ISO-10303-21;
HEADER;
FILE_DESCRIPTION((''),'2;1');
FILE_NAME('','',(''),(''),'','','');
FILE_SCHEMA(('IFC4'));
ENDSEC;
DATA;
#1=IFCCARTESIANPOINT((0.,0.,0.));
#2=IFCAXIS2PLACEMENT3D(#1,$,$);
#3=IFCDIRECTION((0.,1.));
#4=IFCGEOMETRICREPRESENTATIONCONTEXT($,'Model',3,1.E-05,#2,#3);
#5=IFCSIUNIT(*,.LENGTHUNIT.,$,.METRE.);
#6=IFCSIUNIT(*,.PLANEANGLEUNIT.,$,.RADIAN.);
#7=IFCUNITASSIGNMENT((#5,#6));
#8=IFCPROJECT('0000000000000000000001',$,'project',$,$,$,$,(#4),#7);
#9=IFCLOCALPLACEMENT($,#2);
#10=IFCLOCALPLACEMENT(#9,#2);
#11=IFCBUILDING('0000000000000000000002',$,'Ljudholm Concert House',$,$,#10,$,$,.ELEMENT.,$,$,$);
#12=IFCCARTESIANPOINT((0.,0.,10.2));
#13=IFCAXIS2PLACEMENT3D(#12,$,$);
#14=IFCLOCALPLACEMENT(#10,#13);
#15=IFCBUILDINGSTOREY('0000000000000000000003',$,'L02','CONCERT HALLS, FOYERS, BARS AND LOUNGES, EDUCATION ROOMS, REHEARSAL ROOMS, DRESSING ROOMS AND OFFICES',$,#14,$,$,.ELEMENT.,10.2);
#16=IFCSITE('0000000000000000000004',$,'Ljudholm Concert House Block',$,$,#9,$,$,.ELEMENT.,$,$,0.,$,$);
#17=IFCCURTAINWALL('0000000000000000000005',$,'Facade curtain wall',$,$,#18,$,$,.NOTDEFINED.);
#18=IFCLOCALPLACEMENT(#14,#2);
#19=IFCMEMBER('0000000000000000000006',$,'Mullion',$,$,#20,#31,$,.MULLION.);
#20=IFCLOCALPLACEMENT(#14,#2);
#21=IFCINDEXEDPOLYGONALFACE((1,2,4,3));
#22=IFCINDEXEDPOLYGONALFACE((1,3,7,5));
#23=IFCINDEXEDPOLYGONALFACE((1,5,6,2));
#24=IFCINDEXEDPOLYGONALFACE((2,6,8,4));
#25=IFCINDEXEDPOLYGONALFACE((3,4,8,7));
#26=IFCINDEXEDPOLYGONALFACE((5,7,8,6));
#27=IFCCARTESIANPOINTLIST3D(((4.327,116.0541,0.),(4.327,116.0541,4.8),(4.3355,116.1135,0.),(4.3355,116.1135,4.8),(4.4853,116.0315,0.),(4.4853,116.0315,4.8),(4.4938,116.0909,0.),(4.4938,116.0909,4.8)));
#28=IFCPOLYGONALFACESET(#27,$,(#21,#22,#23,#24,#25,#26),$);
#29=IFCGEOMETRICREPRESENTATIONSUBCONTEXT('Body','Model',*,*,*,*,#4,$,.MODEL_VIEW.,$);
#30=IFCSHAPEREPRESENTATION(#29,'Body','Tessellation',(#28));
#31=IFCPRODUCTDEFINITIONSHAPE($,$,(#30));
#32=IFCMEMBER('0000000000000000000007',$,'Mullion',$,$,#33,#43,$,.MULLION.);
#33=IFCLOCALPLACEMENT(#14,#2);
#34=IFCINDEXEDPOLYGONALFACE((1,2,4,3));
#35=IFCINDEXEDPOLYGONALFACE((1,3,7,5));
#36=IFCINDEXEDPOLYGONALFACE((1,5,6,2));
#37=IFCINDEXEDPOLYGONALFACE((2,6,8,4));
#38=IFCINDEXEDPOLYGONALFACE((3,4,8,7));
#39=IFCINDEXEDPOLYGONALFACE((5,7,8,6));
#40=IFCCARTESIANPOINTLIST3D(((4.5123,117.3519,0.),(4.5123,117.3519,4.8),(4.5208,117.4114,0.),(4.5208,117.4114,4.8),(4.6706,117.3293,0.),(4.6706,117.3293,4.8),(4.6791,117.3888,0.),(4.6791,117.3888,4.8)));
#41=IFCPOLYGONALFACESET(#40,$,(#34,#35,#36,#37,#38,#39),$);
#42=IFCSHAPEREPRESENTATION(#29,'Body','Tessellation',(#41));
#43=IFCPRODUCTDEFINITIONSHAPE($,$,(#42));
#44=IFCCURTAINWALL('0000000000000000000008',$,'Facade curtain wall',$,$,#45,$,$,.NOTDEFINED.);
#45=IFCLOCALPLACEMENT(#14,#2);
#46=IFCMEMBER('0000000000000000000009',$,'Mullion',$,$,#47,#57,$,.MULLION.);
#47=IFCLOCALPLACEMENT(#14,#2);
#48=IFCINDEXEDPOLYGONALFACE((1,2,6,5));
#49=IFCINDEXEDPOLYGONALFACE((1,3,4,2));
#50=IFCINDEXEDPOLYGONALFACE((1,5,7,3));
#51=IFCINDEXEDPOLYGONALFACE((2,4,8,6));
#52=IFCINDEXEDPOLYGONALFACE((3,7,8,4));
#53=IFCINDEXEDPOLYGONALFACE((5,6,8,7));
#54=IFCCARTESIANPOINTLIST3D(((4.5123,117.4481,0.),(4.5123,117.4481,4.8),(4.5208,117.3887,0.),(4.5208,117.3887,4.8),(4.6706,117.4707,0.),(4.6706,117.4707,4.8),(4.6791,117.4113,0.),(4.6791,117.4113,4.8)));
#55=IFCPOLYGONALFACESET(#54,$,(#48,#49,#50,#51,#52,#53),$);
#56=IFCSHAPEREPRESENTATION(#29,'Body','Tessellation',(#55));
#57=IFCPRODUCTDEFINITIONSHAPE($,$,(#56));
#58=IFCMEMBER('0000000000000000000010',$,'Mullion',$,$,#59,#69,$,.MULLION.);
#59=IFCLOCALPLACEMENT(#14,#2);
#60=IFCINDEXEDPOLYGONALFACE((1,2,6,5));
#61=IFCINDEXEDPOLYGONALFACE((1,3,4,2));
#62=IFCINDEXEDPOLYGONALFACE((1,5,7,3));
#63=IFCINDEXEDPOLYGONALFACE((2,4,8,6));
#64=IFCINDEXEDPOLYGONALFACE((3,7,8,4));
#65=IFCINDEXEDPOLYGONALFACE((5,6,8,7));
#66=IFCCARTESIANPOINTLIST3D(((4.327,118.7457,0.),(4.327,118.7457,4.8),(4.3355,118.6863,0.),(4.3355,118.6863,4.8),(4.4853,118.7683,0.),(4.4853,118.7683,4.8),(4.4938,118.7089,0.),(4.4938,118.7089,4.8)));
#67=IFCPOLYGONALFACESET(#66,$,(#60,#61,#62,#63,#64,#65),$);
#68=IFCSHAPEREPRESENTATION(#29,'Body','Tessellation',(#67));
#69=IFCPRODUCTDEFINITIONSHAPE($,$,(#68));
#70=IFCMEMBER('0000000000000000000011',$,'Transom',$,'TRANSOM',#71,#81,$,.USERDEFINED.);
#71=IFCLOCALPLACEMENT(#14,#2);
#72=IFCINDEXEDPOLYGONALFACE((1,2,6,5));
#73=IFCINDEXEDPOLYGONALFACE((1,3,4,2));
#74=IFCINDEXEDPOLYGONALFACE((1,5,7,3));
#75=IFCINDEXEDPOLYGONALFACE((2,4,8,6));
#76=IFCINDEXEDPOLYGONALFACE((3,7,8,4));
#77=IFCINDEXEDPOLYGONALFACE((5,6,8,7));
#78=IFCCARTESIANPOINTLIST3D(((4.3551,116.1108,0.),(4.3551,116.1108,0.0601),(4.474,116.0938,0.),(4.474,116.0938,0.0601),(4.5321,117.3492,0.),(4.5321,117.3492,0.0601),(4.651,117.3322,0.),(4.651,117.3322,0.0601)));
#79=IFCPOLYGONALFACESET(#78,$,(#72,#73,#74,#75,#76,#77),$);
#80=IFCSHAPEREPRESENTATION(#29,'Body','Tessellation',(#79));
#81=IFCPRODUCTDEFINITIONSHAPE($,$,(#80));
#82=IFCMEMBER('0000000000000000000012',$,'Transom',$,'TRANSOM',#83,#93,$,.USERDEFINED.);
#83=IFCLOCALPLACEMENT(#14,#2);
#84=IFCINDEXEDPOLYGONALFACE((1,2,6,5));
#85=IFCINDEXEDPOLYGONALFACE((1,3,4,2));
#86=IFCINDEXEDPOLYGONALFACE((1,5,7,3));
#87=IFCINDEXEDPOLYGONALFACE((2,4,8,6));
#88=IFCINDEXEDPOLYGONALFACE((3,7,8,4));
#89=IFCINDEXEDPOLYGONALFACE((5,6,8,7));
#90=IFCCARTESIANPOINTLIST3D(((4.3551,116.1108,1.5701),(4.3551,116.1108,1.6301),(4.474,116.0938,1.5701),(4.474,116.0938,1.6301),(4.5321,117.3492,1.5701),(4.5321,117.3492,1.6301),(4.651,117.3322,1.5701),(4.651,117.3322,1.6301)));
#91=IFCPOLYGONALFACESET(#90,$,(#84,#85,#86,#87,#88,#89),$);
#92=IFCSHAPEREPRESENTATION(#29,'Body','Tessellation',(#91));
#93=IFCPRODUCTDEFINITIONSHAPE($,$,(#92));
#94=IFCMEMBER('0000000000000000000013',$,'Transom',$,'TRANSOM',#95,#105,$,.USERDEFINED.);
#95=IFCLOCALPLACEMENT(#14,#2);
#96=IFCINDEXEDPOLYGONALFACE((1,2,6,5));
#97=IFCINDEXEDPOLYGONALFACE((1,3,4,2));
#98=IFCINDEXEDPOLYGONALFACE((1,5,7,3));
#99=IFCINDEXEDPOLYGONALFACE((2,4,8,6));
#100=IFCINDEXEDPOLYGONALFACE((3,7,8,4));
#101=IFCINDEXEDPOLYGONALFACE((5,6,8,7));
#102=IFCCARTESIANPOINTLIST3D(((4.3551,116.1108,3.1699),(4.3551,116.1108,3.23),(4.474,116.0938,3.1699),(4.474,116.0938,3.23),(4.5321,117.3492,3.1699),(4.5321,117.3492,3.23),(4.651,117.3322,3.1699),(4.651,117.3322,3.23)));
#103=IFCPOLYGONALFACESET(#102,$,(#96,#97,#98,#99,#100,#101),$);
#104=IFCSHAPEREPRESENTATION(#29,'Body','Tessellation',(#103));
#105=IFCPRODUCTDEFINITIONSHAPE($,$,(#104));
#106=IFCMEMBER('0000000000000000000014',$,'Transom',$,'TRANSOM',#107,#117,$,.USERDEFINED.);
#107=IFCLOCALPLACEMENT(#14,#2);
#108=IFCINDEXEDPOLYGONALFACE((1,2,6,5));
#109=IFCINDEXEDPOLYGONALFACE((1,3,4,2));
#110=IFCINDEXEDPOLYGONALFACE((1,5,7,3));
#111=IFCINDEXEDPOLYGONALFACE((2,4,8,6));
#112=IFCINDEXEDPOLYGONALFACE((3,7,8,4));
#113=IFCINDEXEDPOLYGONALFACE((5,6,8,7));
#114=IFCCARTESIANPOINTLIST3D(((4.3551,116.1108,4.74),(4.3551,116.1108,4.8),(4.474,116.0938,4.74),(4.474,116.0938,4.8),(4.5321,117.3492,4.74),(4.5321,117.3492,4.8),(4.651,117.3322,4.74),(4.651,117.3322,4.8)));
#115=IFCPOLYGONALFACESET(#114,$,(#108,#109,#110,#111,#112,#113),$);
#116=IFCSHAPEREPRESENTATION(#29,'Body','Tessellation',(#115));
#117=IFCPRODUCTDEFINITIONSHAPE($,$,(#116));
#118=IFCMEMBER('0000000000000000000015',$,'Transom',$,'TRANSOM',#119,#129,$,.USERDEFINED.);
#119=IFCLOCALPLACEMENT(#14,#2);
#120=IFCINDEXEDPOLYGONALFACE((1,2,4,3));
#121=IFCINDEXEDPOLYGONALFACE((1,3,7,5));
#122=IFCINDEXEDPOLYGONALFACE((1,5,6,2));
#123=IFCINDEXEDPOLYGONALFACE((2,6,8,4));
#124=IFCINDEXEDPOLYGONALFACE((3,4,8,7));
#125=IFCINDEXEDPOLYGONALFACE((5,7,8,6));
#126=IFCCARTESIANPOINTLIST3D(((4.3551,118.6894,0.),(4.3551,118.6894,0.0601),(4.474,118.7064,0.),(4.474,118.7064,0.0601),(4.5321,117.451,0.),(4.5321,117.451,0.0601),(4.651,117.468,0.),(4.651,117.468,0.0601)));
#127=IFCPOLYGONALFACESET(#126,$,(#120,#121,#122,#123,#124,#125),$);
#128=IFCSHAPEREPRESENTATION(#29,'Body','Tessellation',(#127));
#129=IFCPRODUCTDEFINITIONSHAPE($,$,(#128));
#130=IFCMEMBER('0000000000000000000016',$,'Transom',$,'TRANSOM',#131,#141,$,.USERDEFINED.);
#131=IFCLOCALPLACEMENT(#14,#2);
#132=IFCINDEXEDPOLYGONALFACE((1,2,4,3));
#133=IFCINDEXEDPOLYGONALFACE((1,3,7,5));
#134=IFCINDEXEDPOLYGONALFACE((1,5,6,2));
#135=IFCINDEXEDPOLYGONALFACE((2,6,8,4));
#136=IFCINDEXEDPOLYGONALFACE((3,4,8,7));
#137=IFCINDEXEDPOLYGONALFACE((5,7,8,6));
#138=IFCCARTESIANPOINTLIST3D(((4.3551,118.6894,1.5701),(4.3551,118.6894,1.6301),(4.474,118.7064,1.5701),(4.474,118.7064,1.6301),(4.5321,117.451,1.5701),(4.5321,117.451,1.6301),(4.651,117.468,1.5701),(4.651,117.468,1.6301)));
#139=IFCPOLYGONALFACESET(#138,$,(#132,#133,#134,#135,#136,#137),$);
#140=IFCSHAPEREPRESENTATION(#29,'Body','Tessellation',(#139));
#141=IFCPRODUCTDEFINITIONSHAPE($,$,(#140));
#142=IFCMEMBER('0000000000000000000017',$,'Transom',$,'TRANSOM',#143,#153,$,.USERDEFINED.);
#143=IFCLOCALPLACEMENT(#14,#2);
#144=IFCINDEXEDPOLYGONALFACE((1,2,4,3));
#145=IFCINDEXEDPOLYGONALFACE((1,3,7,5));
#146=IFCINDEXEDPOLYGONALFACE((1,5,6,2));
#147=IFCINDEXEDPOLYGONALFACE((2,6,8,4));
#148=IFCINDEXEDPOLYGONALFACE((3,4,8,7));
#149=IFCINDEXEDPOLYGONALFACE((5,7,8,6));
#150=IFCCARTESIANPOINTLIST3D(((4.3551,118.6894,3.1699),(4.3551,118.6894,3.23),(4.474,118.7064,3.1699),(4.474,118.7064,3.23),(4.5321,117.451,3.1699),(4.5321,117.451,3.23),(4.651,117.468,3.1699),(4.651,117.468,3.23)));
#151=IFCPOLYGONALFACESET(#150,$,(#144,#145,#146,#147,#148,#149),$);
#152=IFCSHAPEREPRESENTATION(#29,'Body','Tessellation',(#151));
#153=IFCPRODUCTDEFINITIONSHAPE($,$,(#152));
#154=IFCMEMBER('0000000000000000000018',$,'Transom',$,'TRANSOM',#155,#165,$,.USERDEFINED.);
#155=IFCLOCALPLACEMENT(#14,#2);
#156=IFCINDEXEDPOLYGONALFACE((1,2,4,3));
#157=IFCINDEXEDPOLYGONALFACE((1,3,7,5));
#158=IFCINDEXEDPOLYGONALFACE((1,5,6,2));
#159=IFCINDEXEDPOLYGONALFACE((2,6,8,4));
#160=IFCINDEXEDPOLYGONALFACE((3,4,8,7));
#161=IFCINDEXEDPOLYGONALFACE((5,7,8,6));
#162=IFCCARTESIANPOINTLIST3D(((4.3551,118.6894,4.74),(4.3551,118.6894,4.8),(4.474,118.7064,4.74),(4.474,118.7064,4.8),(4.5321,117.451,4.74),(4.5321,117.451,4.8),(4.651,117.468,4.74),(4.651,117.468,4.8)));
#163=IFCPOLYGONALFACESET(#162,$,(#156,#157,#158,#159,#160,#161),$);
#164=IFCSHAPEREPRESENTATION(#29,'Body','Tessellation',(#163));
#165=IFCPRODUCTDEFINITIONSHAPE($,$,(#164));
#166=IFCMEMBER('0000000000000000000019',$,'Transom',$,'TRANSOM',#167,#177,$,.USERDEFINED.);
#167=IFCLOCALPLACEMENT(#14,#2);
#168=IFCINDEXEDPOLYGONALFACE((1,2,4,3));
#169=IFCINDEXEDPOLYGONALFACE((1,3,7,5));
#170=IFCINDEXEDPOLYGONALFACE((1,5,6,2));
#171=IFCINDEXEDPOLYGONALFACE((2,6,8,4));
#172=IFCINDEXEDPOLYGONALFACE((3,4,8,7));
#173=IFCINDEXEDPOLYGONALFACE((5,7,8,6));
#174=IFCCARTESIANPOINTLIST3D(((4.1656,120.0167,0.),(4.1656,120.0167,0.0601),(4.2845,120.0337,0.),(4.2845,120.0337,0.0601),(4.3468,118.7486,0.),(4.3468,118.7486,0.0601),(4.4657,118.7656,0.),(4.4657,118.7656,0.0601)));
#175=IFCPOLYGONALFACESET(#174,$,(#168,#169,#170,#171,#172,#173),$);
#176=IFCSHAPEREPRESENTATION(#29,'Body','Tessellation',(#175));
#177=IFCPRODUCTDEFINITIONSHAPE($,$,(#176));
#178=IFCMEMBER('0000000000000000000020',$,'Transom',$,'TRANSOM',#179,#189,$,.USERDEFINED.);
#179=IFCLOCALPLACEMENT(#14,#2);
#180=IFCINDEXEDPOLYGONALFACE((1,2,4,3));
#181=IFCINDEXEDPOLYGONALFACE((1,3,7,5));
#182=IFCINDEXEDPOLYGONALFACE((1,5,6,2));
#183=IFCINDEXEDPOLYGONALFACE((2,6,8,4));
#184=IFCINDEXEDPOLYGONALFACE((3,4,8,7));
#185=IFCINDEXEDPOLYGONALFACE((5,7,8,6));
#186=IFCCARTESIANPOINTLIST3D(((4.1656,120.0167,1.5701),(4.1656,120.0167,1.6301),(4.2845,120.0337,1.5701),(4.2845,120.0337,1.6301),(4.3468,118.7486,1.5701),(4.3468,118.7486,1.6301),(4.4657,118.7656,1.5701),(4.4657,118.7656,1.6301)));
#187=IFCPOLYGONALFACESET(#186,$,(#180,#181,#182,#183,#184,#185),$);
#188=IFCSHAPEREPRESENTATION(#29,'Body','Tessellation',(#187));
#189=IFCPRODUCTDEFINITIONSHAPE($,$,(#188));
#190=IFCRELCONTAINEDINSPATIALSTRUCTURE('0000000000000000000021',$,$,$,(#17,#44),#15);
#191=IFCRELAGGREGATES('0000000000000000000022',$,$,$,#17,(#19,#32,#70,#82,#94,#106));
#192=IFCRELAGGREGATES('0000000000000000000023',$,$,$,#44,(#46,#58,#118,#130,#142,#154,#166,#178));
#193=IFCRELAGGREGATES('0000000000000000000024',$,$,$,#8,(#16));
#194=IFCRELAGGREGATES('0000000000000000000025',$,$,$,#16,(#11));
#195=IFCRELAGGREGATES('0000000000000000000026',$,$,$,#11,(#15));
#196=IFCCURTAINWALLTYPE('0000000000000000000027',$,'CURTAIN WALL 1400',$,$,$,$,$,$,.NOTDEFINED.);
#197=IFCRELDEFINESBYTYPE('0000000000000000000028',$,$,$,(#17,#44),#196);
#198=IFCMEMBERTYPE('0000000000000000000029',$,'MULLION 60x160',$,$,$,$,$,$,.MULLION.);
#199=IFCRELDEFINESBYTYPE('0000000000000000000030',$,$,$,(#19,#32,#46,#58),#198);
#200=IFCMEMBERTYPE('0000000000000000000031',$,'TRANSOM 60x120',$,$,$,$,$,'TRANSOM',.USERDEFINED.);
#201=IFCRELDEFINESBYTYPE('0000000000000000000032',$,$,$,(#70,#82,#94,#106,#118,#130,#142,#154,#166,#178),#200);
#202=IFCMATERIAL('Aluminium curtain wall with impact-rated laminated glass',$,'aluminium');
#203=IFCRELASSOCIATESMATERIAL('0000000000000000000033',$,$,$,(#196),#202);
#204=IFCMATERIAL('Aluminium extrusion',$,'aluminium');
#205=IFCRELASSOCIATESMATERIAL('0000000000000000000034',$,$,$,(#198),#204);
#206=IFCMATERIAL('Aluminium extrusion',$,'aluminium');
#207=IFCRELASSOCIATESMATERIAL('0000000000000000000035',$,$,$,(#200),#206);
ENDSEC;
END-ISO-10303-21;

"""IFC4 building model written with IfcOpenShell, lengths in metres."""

from ifc_helpers import new_model, si_unit, direction, frame, origin, origin_2d, place, context, subcontext, project, spatial, rectangle, extrude, material, material_profile, profile_set, type_object, element, aggregate, save


model = new_model("IFC4")

# Units and contexts
model_context = context("Model", 3, precision=1e-05, world=origin(), true_north=direction((0.0, 1.0)))
body_context = subcontext(model_context, "Body", "Model", "MODEL_VIEW")
ifc_project = project(units=[si_unit("LENGTHUNIT", "METRE"), si_unit("PLANEANGLEUNIT", "RADIAN")], contexts=[model_context])

# Site, building, storey
site_placement = place(None, origin())
site = spatial("IfcSite", under=ifc_project, at=site_placement, Name="Ljudholm Concert House Block", CompositionType="ELEMENT", RefElevation=0.0)
building_placement = place(site_placement, origin())
building = spatial("IfcBuilding", under=site, at=building_placement, Name="Ljudholm Concert House", CompositionType="ELEMENT")
storey_placement = place(building_placement, frame((0.0, 0.0, 10.2)))
storey = spatial("IfcBuildingStorey", under=building, at=storey_placement, Name="L02", Description="CONCERT HALLS, FOYERS, BARS AND LOUNGES, EDUCATION ROOMS, REHEARSAL ROOMS, DRESSING ROOMS AND OFFICES", CompositionType="ELEMENT", Elevation=10.2)

# Curtain walls, members
ifc_material_1 = material(Name="Aluminium curtain wall with impact-rated laminated glass", Category="aluminium")
curtain_wall_type = type_object("IfcCurtainWallType", Name="CURTAIN WALL 1400", PredefinedType="NOTDEFINED", material=ifc_material_1)
curtain_wall_1_placement = place(storey_placement, origin())
curtain_wall_1 = element("IfcCurtainWall", 1, at=curtain_wall_1_placement, inside=storey, type_object=curtain_wall_type, Name="Facade curtain wall", PredefinedType="NOTDEFINED")
ifc_material_2 = material(Name="Aluminium extrusion", Category="aluminium")
ifc_material_profile_1 = material_profile(ifc_material_2, rectangle(XDim=0.1599, YDim=0.0601, at=origin_2d()), Name="MULLION 60x160")
ifc_profile_set_1 = profile_set([ifc_material_profile_1], Name="Aluminium extrusion")
member_type_1 = type_object("IfcMemberType", Name="MULLION 60x160", PredefinedType="MULLION", material=ifc_profile_set_1)
member_1_placement = place(storey_placement, frame((4.4104, 116.0725, 0.0), z_axis=(0.0, 0.0, 1.0), x_axis=(-0.989949, 0.141421, 0.0)))
member_1 = element("IfcMember", 2, at=member_1_placement, type_object=member_type_1, Name="Mullion", PredefinedType="MULLION", context=body_context, shape_type="SweptSolid", body=[
    extrude(rectangle(XDim=0.1599, YDim=0.0601, at=origin_2d()), origin(), (0.0, 0.0, 1.0), 4.8),
])
member_2_placement = place(storey_placement, frame((4.5957, 117.3704, 0.0), z_axis=(0.0, 0.0, 1.0), x_axis=(-0.989949, 0.141421, 0.0)))
member_2 = element("IfcMember", 3, at=member_2_placement, type_object=member_type_1, Name="Mullion", PredefinedType="MULLION", context=body_context, shape_type="SweptSolid", body=[
    extrude(rectangle(XDim=0.1599, YDim=0.0601, at=origin_2d()), origin(), (0.0, 0.0, 1.0), 4.8),
])
curtain_wall_2_placement = place(storey_placement, origin())
curtain_wall_2 = element("IfcCurtainWall", 4, at=curtain_wall_2_placement, inside=storey, type_object=curtain_wall_type, Name="Facade curtain wall", PredefinedType="NOTDEFINED")
member_3_placement = place(storey_placement, frame((4.5957, 117.4297, 0.0), z_axis=(0.0, 0.0, 1.0), x_axis=(-0.989949, -0.141421, 0.0)))
member_3 = element("IfcMember", 5, at=member_3_placement, type_object=member_type_1, Name="Mullion", PredefinedType="MULLION", context=body_context, shape_type="SweptSolid", body=[
    extrude(rectangle(XDim=0.1599, YDim=0.0601, at=origin_2d()), origin(), (0.0, 0.0, 1.0), 4.8),
])
member_4_placement = place(storey_placement, frame((4.4104, 118.7273, 0.0), z_axis=(0.0, 0.0, 1.0), x_axis=(-0.989949, -0.141421, 0.0)))
member_4 = element("IfcMember", 6, at=member_4_placement, type_object=member_type_1, Name="Mullion", PredefinedType="MULLION", context=body_context, shape_type="SweptSolid", body=[
    extrude(rectangle(XDim=0.1599, YDim=0.0601, at=origin_2d()), origin(), (0.0, 0.0, 1.0), 4.8),
])

# Members
ifc_material_3 = material(Name="Aluminium extrusion", Category="aluminium")
ifc_material_profile_2 = material_profile(ifc_material_3, rectangle(XDim=0.1201, YDim=0.0601, at=origin_2d()), Name="TRANSOM 60x120")
ifc_profile_set_2 = profile_set([ifc_material_profile_2], Name="Aluminium extrusion")
member_type_2 = type_object("IfcMemberType", Name="TRANSOM 60x120", ElementType="TRANSOM", PredefinedType="USERDEFINED", material=ifc_profile_set_2)
member_5_placement = place(storey_placement, frame((4.4146, 116.1023, 0.03), z_axis=(0.141503, 0.989938, 0.0), x_axis=(-0.989938, 0.141503, 0.0)))
member_5 = element("IfcMember", 7, at=member_5_placement, type_object=member_type_2, Name="Transom", ObjectType="TRANSOM", PredefinedType="USERDEFINED", context=body_context, shape_type="SweptSolid", body=[
    extrude(rectangle(XDim=0.1201, YDim=0.0601, at=origin_2d()), origin(), (0.0, 0.0, 1.0), 1.251),
])
member_6_placement = place(storey_placement, frame((4.4146, 116.1023, 1.6001), z_axis=(0.141503, 0.989938, 0.0), x_axis=(-0.989938, 0.141503, 0.0)))
member_6 = element("IfcMember", 8, at=member_6_placement, type_object=member_type_2, Name="Transom", ObjectType="TRANSOM", PredefinedType="USERDEFINED", context=body_context, shape_type="SweptSolid", body=[
    extrude(rectangle(XDim=0.1201, YDim=0.0601, at=origin_2d()), origin(), (0.0, 0.0, 1.0), 1.251),
])
member_7_placement = place(storey_placement, frame((4.4146, 116.1023, 3.2), z_axis=(0.141503, 0.989938, 0.0), x_axis=(-0.989938, 0.141503, 0.0)))
member_7 = element("IfcMember", 9, at=member_7_placement, type_object=member_type_2, Name="Transom", ObjectType="TRANSOM", PredefinedType="USERDEFINED", context=body_context, shape_type="SweptSolid", body=[
    extrude(rectangle(XDim=0.1201, YDim=0.0601, at=origin_2d()), origin(), (0.0, 0.0, 1.0), 1.251),
])
member_8_placement = place(storey_placement, frame((4.4146, 116.1023, 4.77), z_axis=(0.141503, 0.989938, 0.0), x_axis=(-0.989938, 0.141503, 0.0)))
member_8 = element("IfcMember", 10, at=member_8_placement, type_object=member_type_2, Name="Transom", ObjectType="TRANSOM", PredefinedType="USERDEFINED", context=body_context, shape_type="SweptSolid", body=[
    extrude(rectangle(XDim=0.1201, YDim=0.0601, at=origin_2d()), origin(), (0.0, 0.0, 1.0), 1.251),
])
member_9_placement = place(storey_placement, frame((4.5916, 117.4595, 0.03), z_axis=(-0.141503, 0.989938, 0.0), x_axis=(-0.989938, -0.141503, 0.0)))
member_9 = element("IfcMember", 11, at=member_9_placement, type_object=member_type_2, Name="Transom", ObjectType="TRANSOM", PredefinedType="USERDEFINED", context=body_context, shape_type="SweptSolid", body=[
    extrude(rectangle(XDim=0.1201, YDim=0.0601, at=origin_2d()), origin(), (0.0, 0.0, 1.0), 1.251),
])
member_10_placement = place(storey_placement, frame((4.5916, 117.4595, 1.6001), z_axis=(-0.141503, 0.989938, 0.0), x_axis=(-0.989938, -0.141503, 0.0)))
member_10 = element("IfcMember", 12, at=member_10_placement, type_object=member_type_2, Name="Transom", ObjectType="TRANSOM", PredefinedType="USERDEFINED", context=body_context, shape_type="SweptSolid", body=[
    extrude(rectangle(XDim=0.1201, YDim=0.0601, at=origin_2d()), origin(), (0.0, 0.0, 1.0), 1.251),
])
member_11_placement = place(storey_placement, frame((4.5916, 117.4595, 3.2), z_axis=(-0.141503, 0.989938, 0.0), x_axis=(-0.989938, -0.141503, 0.0)))
member_11 = element("IfcMember", 13, at=member_11_placement, type_object=member_type_2, Name="Transom", ObjectType="TRANSOM", PredefinedType="USERDEFINED", context=body_context, shape_type="SweptSolid", body=[
    extrude(rectangle(XDim=0.1201, YDim=0.0601, at=origin_2d()), origin(), (0.0, 0.0, 1.0), 1.251),
])
member_12_placement = place(storey_placement, frame((4.5916, 117.4595, 4.77), z_axis=(-0.141503, 0.989938, 0.0), x_axis=(-0.989938, -0.141503, 0.0)))
member_12 = element("IfcMember", 14, at=member_12_placement, type_object=member_type_2, Name="Transom", ObjectType="TRANSOM", PredefinedType="USERDEFINED", context=body_context, shape_type="SweptSolid", body=[
    extrude(rectangle(XDim=0.1201, YDim=0.0601, at=origin_2d()), origin(), (0.0, 0.0, 1.0), 1.251),
])
member_13_placement = place(storey_placement, frame((4.4062, 118.7571, 0.03), z_axis=(-0.141421, 0.989949, 0.0), x_axis=(-0.989949, -0.141421, 0.0)))
member_13 = element("IfcMember", 15, at=member_13_placement, type_object=member_type_2, Name="Transom", ObjectType="TRANSOM", PredefinedType="USERDEFINED", context=body_context, shape_type="SweptSolid", body=[
    extrude(rectangle(XDim=0.1201, YDim=0.0601, at=origin_2d()), origin(), (0.0, 0.0, 1.0), 1.281),
])
member_14_placement = place(storey_placement, frame((4.4062, 118.7571, 1.6001), z_axis=(-0.141421, 0.989949, 0.0), x_axis=(-0.989949, -0.141421, 0.0)))
member_14 = element("IfcMember", 16, at=member_14_placement, type_object=member_type_2, Name="Transom", ObjectType="TRANSOM", PredefinedType="USERDEFINED", context=body_context, shape_type="SweptSolid", body=[
    extrude(rectangle(XDim=0.1201, YDim=0.0601, at=origin_2d()), origin(), (0.0, 0.0, 1.0), 1.281),
])

aggregate(curtain_wall_1, [member_1, member_2, member_5, member_6, member_7, member_8])
aggregate(curtain_wall_2, [member_3, member_4, member_9, member_10, member_11, member_12, member_13, member_14])

save(model, "model.ifc")
